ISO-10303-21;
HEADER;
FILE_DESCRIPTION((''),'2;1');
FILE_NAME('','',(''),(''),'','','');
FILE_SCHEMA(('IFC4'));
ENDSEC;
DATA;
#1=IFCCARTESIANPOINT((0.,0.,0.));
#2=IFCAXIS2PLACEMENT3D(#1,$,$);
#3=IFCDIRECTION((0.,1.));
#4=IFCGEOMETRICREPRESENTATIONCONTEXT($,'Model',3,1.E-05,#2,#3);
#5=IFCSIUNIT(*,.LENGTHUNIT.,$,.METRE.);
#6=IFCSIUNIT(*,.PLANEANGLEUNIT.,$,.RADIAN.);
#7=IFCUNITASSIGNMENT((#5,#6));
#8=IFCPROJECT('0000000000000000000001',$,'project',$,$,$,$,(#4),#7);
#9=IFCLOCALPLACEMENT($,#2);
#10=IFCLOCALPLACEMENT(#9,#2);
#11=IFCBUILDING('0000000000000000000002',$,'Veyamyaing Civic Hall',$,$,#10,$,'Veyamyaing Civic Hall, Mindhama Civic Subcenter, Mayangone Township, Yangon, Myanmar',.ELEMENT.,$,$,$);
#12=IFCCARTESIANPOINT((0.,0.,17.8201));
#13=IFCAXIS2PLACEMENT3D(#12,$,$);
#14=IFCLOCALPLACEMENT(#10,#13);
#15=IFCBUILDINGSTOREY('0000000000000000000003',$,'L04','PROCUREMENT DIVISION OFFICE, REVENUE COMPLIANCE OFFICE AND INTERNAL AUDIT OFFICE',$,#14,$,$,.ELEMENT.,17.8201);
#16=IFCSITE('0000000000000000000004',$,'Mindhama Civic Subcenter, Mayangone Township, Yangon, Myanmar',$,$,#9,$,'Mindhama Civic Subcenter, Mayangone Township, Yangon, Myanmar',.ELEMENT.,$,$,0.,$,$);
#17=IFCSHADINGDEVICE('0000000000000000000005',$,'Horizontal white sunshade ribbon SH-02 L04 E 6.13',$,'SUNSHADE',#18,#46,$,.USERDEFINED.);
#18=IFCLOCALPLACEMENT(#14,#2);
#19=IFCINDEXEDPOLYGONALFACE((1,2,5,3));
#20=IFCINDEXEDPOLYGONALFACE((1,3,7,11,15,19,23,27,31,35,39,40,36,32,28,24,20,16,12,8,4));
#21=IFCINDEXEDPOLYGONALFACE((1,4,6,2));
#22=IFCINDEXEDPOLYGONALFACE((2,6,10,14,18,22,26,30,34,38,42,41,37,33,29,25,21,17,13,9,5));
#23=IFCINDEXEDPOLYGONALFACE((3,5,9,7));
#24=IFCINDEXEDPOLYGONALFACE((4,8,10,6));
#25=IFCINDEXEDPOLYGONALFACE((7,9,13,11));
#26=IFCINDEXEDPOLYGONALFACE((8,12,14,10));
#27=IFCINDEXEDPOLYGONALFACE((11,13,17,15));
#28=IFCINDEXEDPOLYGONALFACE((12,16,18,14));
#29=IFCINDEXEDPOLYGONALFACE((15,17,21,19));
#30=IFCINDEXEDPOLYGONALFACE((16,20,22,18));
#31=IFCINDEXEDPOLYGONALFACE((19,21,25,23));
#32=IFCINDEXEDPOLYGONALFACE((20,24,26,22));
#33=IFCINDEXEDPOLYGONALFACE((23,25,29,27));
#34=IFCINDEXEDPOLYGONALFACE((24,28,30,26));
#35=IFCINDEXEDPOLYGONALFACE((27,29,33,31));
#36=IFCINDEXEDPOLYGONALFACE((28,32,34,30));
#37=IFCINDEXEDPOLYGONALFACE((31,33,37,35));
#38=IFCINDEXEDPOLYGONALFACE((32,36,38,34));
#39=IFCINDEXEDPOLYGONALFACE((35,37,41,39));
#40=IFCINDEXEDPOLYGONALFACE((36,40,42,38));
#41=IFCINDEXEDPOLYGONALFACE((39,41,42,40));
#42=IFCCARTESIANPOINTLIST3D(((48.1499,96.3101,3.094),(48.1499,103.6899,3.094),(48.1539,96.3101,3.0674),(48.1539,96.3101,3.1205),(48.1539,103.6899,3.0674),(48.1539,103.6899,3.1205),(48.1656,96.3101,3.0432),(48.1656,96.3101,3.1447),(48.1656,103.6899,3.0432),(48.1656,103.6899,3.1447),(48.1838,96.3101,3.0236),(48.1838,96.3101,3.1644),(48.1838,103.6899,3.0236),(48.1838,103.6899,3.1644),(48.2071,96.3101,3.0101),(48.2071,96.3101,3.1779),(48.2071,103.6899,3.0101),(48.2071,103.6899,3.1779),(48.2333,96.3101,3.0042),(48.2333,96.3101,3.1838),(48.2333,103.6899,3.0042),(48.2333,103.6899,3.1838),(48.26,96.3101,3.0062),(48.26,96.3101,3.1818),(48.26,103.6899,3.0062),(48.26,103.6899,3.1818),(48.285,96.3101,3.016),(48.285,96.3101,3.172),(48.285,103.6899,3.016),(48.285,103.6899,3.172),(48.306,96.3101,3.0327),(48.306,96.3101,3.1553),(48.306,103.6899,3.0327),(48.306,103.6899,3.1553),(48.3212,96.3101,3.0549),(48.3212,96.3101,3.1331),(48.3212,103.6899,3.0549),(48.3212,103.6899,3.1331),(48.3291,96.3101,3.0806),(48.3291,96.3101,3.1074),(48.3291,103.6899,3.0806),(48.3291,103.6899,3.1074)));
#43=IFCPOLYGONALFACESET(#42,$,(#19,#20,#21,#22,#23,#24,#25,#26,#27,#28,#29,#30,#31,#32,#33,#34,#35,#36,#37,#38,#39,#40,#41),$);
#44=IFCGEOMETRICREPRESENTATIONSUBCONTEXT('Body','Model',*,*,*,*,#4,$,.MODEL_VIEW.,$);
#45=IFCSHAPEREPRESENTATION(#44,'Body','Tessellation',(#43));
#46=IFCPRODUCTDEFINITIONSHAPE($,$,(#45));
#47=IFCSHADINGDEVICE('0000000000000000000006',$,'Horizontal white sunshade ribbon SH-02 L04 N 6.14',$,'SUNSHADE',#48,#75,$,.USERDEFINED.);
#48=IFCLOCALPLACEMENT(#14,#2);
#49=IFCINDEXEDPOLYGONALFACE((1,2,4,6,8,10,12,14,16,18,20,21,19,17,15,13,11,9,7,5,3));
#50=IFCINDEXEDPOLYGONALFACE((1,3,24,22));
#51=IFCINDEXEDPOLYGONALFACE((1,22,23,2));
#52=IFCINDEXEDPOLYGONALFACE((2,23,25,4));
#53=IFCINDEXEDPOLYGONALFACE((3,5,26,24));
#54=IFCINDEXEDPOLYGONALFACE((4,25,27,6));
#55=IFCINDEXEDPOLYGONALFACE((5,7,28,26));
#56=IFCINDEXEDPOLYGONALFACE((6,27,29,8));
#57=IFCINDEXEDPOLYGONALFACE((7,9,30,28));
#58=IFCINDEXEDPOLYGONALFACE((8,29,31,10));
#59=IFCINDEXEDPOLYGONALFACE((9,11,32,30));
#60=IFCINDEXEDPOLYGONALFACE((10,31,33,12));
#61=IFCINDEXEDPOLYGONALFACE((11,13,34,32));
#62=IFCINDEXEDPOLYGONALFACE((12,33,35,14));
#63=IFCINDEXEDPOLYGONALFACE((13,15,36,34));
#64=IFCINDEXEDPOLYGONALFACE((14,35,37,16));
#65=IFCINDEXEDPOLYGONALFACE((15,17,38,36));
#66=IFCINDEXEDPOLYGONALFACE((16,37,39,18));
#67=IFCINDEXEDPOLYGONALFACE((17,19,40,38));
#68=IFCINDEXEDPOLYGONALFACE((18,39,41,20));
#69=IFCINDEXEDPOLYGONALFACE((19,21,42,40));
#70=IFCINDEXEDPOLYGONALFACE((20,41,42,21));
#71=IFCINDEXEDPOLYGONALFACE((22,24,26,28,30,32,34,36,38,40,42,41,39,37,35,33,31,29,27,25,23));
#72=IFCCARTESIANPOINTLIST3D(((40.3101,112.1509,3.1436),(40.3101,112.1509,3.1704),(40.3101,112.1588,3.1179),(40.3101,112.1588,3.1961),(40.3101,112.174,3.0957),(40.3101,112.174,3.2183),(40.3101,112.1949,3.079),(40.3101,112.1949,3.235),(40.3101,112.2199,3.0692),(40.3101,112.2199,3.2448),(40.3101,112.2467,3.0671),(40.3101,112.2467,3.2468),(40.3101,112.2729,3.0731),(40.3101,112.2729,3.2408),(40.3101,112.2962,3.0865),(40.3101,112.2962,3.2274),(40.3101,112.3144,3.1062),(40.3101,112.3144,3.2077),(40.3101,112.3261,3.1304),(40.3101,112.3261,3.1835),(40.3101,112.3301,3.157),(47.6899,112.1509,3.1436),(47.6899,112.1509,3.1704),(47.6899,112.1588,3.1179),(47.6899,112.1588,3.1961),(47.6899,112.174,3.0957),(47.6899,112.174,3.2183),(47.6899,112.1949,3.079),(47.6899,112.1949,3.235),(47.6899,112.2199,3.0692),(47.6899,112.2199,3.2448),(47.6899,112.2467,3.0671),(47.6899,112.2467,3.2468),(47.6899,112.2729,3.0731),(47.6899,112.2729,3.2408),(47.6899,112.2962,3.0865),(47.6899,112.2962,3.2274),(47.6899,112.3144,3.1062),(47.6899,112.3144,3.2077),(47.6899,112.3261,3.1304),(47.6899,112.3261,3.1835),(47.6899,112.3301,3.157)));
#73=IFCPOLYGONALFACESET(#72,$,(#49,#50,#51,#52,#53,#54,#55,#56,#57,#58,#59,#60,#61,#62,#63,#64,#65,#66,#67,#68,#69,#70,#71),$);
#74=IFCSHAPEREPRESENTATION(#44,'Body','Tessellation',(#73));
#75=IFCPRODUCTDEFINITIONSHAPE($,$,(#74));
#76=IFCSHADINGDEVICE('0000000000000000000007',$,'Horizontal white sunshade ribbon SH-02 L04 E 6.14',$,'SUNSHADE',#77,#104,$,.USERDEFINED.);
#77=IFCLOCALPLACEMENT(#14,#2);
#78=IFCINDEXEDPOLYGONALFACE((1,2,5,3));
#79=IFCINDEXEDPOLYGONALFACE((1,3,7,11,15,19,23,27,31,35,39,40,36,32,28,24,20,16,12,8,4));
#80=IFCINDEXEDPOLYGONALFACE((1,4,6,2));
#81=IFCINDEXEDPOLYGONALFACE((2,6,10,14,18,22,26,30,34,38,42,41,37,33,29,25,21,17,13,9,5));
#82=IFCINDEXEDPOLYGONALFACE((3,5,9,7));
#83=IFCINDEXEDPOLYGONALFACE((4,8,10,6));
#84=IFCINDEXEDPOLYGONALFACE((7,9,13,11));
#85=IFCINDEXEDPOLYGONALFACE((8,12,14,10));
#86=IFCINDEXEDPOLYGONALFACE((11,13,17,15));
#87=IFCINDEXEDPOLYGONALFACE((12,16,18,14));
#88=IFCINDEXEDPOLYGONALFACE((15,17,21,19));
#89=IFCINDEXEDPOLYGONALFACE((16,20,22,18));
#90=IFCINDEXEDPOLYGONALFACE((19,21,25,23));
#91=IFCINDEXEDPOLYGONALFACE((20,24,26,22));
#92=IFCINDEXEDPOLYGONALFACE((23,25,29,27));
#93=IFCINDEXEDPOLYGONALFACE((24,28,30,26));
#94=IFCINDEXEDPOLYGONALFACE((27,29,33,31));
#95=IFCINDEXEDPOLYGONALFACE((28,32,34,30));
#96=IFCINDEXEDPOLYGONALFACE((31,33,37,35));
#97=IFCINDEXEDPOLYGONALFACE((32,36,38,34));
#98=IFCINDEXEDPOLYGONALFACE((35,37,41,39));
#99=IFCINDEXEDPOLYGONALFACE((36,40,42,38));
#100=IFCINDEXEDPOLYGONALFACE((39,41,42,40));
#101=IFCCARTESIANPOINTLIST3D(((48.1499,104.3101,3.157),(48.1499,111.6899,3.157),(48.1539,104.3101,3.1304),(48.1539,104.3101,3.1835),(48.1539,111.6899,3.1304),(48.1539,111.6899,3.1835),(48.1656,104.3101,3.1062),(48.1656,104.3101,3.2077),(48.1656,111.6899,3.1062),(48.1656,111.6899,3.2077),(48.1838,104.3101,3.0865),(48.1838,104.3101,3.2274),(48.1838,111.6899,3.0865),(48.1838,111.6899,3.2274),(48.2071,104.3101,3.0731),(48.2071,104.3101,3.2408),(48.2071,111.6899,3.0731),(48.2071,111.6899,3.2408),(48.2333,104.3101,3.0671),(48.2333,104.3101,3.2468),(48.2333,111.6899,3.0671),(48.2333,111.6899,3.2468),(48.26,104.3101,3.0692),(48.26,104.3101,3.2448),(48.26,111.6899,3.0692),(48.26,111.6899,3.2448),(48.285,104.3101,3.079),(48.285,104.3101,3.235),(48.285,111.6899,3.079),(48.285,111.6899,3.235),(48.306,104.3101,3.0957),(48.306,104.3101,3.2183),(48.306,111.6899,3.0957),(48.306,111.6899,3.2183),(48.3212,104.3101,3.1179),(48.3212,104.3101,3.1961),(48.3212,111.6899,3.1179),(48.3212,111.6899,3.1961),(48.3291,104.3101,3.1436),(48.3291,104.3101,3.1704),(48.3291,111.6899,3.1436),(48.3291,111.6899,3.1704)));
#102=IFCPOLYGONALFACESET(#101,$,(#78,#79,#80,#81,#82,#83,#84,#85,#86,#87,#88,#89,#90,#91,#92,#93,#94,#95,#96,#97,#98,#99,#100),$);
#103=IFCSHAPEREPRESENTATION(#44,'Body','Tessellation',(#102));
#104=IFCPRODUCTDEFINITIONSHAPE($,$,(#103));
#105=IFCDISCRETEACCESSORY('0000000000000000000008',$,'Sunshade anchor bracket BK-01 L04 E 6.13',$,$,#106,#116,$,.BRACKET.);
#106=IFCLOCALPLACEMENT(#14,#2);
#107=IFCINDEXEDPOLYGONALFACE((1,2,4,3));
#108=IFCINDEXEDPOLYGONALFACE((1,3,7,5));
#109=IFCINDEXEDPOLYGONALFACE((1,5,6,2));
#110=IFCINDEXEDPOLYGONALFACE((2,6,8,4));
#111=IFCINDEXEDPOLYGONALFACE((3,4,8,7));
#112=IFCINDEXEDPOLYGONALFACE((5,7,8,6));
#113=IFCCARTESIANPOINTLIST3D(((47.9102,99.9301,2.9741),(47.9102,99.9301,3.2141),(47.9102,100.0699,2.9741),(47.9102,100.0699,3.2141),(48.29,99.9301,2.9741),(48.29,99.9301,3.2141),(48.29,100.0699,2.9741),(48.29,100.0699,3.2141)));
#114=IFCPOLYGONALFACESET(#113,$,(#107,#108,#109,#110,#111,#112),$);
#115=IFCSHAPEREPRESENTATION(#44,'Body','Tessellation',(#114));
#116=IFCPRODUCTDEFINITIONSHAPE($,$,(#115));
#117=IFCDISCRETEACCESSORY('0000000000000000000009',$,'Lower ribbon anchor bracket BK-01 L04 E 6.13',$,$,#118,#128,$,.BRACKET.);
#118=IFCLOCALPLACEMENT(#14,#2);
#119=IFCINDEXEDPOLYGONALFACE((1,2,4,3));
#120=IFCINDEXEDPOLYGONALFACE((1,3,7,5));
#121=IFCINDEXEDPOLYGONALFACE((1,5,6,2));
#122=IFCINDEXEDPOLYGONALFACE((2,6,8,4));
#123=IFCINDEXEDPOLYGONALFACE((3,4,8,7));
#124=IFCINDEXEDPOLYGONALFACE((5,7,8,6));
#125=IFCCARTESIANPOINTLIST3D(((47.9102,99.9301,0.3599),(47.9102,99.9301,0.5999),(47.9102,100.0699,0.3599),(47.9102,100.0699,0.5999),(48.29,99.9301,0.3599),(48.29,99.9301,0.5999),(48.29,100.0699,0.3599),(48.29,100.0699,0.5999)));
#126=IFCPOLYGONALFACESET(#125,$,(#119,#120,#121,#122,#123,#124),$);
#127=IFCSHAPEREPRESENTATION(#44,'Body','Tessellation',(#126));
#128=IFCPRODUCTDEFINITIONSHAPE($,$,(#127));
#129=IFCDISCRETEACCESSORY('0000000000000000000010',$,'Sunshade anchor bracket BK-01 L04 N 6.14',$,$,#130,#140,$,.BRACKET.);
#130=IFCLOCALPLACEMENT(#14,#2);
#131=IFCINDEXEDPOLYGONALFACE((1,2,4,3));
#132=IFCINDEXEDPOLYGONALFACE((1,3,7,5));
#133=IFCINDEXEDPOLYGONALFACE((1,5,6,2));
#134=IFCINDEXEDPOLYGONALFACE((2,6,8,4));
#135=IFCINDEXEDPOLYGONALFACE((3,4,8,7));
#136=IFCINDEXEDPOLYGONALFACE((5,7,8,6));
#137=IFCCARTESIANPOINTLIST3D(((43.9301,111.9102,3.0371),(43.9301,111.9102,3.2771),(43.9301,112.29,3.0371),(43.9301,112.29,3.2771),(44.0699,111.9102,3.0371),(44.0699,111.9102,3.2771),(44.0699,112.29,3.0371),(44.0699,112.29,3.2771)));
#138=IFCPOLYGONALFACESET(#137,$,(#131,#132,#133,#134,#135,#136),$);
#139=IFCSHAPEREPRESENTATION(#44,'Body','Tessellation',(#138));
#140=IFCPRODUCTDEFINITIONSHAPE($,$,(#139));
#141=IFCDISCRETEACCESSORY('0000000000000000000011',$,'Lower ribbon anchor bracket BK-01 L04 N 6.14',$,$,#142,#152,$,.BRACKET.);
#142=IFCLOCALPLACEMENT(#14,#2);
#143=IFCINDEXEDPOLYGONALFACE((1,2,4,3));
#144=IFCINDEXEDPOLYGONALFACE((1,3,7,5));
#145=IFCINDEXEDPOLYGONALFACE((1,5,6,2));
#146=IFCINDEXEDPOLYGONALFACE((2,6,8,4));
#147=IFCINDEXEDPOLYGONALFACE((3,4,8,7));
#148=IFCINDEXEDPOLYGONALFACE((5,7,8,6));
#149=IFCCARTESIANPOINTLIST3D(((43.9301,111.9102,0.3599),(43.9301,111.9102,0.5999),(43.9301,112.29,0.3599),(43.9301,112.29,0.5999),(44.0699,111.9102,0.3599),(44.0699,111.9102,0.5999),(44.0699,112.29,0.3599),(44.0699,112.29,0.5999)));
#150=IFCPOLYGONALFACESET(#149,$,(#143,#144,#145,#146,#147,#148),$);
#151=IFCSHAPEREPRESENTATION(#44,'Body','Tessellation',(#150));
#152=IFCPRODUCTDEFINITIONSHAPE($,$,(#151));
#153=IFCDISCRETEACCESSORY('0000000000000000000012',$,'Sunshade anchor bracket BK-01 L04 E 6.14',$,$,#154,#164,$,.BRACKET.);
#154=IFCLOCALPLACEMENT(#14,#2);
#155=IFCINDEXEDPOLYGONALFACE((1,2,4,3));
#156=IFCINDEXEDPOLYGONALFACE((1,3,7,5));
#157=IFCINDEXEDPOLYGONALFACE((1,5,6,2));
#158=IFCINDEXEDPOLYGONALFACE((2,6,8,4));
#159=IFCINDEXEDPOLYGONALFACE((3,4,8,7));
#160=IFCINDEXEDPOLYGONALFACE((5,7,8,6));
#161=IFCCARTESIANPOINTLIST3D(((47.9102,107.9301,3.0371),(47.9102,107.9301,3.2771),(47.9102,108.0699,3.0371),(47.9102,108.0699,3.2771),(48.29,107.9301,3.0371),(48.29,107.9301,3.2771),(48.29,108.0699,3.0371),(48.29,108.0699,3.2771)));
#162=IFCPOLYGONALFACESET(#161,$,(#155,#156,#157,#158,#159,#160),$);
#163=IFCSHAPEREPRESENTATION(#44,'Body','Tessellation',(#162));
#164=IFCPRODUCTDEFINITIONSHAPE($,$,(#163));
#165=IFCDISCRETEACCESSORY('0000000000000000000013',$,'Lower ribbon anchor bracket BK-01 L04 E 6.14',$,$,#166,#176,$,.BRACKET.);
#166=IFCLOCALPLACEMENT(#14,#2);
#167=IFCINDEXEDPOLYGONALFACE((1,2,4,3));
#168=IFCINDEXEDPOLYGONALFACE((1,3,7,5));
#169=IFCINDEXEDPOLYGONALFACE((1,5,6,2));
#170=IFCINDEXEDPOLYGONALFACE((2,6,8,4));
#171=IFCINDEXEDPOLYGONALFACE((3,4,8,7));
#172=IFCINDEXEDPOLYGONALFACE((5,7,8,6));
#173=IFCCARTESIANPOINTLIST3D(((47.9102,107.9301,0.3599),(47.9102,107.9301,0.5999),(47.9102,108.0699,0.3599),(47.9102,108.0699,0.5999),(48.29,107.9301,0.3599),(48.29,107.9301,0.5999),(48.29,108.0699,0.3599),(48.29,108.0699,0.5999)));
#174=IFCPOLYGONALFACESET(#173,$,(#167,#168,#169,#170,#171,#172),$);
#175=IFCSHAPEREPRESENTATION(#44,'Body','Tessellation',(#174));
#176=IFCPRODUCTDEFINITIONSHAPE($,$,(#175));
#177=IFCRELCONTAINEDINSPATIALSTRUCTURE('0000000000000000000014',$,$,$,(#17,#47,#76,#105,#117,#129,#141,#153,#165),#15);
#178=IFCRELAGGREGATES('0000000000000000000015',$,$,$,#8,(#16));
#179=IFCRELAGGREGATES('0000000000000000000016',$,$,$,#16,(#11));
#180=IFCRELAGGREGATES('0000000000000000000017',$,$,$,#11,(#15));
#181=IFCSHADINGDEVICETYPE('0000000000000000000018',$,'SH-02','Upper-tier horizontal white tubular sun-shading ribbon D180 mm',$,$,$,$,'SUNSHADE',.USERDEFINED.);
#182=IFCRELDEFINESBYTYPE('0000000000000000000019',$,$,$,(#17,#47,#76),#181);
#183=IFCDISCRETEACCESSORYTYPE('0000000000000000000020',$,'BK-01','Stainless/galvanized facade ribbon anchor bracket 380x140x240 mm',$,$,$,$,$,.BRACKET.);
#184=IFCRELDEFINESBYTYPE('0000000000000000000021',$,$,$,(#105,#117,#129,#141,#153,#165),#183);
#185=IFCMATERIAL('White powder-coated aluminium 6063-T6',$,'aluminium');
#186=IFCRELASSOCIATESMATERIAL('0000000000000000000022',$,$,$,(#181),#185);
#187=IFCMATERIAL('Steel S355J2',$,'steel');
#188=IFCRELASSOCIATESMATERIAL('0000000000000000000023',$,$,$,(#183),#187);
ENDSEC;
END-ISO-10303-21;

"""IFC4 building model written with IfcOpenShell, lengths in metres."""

from ifc_helpers import new_model, si_unit, direction, frame, origin, origin_2d, place, context, subcontext, project, spatial, rectangle, circle, extrude, material, material_profile, profile_set, type_object, element, save


model = new_model("IFC4")

# Units and contexts
model_context = context("Model", 3, precision=1e-05, world=origin(), true_north=direction((0.0, 1.0)))
body_context = subcontext(model_context, "Body", "Model", "MODEL_VIEW")
ifc_project = project(units=[si_unit("LENGTHUNIT", "METRE"), si_unit("PLANEANGLEUNIT", "RADIAN")], contexts=[model_context])

# Site, building, storey
site_placement = place(None, origin())
site = spatial("IfcSite", under=ifc_project, at=site_placement, Name="Mindhama Civic Subcenter, Mayangone Township, Yangon, Myanmar", LongName="Mindhama Civic Subcenter, Mayangone Township, Yangon, Myanmar", CompositionType="ELEMENT", RefElevation=0.0)
building_placement = place(site_placement, origin())
building = spatial("IfcBuilding", under=site, at=building_placement, Name="Veyamyaing Civic Hall", LongName="Veyamyaing Civic Hall, Mindhama Civic Subcenter, Mayangone Township, Yangon, Myanmar", CompositionType="ELEMENT")
storey_placement = place(building_placement, frame((0.0, 0.0, 17.8201)))
storey = spatial("IfcBuildingStorey", under=building, at=storey_placement, Name="L04", Description="PROCUREMENT DIVISION OFFICE, REVENUE COMPLIANCE OFFICE AND INTERNAL AUDIT OFFICE", CompositionType="ELEMENT", Elevation=17.8201)

# Shared definitions
ifc_material_1 = material(Name="White powder-coated aluminium 6063-T6", Category="aluminium")

# Shading devices
ifc_material_profile_1 = material_profile(ifc_material_1, circle(Radius=0.0901, at=origin_2d()), Name="SHADE-TUBE-180")
ifc_profile_set_1 = profile_set([ifc_material_profile_1], Name="White powder-coated aluminium 6063-T6")
shading_device_type = type_object("IfcShadingDeviceType", Name="SH-02", Description="Upper-tier horizontal white tubular sun-shading ribbon D180 mm", ElementType="SUNSHADE", PredefinedType="USERDEFINED", material=ifc_profile_set_1)
for number, where, z_axis, x_axis, name in (
    (1, (48.24, 96.3101, 3.094), (0.0, 1.0, 0.0), (-1.0, 0.0, 0.0), "Horizontal white sunshade ribbon SH-02 L04 E 6.13"),
    (2, (40.3101, 112.24, 3.157), (1.0, 0.0, 0.0), (0.0, 1.0, 0.0), "Horizontal white sunshade ribbon SH-02 L04 N 6.14"),
    (3, (48.24, 104.3101, 3.157), (0.0, 1.0, 0.0), (-1.0, 0.0, 0.0), "Horizontal white sunshade ribbon SH-02 L04 E 6.14"),
):
    element("IfcShadingDevice", number, at=place(storey_placement, frame(where, z_axis=z_axis, x_axis=x_axis)), inside=storey, type_object=shading_device_type, Name=name, ObjectType="SUNSHADE", PredefinedType="USERDEFINED", context=body_context, shape_type="SweptSolid", body=[
        extrude(circle(Radius=0.0901, at=origin_2d()), origin(), (0.0, 0.0, 1.0), 7.3799),
    ])

# Discrete accessories
ifc_material_2 = material(Name="Steel S355J2", Category="steel")
discrete_accessory_type = type_object("IfcDiscreteAccessoryType", Name="BK-01", Description="Stainless/galvanized facade ribbon anchor bracket 380x140x240 mm", PredefinedType="BRACKET", material=ifc_material_2)
for number, where, z_axis, x_axis, name in (
    (4, (48.1001, 100.0, 2.9741), (0.0, 0.0, 1.0), (1.0, 0.0, 0.0), "Sunshade anchor bracket BK-01 L04 E 6.13"),
    (5, (48.1001, 100.0, 0.3599), (0.0, 0.0, 1.0), (1.0, 0.0, 0.0), "Lower ribbon anchor bracket BK-01 L04 E 6.13"),
    (6, (44.0, 112.1001, 3.0371), (0.0, 0.0, 1.0), (0.0, 1.0, 0.0), "Sunshade anchor bracket BK-01 L04 N 6.14"),
    (7, (44.0, 112.1001, 0.3599), (0.0, 0.0, 1.0), (0.0, 1.0, 0.0), "Lower ribbon anchor bracket BK-01 L04 N 6.14"),
    (8, (48.1001, 108.0, 3.0371), (0.0, 0.0, 1.0), (1.0, 0.0, 0.0), "Sunshade anchor bracket BK-01 L04 E 6.14"),
    (9, (48.1001, 108.0, 0.3599), (0.0, 0.0, 1.0), (1.0, 0.0, 0.0), "Lower ribbon anchor bracket BK-01 L04 E 6.14"),
):
    element("IfcDiscreteAccessory", number, at=place(storey_placement, frame(where, z_axis=z_axis, x_axis=x_axis)), inside=storey, type_object=discrete_accessory_type, Name=name, PredefinedType="BRACKET", context=body_context, shape_type="SweptSolid", body=[
        extrude(rectangle(XDim=0.3799, YDim=0.1399, at=origin_2d()), origin(), (0.0, 0.0, 1.0), 0.24),
    ])

save(model, "model.ifc")
